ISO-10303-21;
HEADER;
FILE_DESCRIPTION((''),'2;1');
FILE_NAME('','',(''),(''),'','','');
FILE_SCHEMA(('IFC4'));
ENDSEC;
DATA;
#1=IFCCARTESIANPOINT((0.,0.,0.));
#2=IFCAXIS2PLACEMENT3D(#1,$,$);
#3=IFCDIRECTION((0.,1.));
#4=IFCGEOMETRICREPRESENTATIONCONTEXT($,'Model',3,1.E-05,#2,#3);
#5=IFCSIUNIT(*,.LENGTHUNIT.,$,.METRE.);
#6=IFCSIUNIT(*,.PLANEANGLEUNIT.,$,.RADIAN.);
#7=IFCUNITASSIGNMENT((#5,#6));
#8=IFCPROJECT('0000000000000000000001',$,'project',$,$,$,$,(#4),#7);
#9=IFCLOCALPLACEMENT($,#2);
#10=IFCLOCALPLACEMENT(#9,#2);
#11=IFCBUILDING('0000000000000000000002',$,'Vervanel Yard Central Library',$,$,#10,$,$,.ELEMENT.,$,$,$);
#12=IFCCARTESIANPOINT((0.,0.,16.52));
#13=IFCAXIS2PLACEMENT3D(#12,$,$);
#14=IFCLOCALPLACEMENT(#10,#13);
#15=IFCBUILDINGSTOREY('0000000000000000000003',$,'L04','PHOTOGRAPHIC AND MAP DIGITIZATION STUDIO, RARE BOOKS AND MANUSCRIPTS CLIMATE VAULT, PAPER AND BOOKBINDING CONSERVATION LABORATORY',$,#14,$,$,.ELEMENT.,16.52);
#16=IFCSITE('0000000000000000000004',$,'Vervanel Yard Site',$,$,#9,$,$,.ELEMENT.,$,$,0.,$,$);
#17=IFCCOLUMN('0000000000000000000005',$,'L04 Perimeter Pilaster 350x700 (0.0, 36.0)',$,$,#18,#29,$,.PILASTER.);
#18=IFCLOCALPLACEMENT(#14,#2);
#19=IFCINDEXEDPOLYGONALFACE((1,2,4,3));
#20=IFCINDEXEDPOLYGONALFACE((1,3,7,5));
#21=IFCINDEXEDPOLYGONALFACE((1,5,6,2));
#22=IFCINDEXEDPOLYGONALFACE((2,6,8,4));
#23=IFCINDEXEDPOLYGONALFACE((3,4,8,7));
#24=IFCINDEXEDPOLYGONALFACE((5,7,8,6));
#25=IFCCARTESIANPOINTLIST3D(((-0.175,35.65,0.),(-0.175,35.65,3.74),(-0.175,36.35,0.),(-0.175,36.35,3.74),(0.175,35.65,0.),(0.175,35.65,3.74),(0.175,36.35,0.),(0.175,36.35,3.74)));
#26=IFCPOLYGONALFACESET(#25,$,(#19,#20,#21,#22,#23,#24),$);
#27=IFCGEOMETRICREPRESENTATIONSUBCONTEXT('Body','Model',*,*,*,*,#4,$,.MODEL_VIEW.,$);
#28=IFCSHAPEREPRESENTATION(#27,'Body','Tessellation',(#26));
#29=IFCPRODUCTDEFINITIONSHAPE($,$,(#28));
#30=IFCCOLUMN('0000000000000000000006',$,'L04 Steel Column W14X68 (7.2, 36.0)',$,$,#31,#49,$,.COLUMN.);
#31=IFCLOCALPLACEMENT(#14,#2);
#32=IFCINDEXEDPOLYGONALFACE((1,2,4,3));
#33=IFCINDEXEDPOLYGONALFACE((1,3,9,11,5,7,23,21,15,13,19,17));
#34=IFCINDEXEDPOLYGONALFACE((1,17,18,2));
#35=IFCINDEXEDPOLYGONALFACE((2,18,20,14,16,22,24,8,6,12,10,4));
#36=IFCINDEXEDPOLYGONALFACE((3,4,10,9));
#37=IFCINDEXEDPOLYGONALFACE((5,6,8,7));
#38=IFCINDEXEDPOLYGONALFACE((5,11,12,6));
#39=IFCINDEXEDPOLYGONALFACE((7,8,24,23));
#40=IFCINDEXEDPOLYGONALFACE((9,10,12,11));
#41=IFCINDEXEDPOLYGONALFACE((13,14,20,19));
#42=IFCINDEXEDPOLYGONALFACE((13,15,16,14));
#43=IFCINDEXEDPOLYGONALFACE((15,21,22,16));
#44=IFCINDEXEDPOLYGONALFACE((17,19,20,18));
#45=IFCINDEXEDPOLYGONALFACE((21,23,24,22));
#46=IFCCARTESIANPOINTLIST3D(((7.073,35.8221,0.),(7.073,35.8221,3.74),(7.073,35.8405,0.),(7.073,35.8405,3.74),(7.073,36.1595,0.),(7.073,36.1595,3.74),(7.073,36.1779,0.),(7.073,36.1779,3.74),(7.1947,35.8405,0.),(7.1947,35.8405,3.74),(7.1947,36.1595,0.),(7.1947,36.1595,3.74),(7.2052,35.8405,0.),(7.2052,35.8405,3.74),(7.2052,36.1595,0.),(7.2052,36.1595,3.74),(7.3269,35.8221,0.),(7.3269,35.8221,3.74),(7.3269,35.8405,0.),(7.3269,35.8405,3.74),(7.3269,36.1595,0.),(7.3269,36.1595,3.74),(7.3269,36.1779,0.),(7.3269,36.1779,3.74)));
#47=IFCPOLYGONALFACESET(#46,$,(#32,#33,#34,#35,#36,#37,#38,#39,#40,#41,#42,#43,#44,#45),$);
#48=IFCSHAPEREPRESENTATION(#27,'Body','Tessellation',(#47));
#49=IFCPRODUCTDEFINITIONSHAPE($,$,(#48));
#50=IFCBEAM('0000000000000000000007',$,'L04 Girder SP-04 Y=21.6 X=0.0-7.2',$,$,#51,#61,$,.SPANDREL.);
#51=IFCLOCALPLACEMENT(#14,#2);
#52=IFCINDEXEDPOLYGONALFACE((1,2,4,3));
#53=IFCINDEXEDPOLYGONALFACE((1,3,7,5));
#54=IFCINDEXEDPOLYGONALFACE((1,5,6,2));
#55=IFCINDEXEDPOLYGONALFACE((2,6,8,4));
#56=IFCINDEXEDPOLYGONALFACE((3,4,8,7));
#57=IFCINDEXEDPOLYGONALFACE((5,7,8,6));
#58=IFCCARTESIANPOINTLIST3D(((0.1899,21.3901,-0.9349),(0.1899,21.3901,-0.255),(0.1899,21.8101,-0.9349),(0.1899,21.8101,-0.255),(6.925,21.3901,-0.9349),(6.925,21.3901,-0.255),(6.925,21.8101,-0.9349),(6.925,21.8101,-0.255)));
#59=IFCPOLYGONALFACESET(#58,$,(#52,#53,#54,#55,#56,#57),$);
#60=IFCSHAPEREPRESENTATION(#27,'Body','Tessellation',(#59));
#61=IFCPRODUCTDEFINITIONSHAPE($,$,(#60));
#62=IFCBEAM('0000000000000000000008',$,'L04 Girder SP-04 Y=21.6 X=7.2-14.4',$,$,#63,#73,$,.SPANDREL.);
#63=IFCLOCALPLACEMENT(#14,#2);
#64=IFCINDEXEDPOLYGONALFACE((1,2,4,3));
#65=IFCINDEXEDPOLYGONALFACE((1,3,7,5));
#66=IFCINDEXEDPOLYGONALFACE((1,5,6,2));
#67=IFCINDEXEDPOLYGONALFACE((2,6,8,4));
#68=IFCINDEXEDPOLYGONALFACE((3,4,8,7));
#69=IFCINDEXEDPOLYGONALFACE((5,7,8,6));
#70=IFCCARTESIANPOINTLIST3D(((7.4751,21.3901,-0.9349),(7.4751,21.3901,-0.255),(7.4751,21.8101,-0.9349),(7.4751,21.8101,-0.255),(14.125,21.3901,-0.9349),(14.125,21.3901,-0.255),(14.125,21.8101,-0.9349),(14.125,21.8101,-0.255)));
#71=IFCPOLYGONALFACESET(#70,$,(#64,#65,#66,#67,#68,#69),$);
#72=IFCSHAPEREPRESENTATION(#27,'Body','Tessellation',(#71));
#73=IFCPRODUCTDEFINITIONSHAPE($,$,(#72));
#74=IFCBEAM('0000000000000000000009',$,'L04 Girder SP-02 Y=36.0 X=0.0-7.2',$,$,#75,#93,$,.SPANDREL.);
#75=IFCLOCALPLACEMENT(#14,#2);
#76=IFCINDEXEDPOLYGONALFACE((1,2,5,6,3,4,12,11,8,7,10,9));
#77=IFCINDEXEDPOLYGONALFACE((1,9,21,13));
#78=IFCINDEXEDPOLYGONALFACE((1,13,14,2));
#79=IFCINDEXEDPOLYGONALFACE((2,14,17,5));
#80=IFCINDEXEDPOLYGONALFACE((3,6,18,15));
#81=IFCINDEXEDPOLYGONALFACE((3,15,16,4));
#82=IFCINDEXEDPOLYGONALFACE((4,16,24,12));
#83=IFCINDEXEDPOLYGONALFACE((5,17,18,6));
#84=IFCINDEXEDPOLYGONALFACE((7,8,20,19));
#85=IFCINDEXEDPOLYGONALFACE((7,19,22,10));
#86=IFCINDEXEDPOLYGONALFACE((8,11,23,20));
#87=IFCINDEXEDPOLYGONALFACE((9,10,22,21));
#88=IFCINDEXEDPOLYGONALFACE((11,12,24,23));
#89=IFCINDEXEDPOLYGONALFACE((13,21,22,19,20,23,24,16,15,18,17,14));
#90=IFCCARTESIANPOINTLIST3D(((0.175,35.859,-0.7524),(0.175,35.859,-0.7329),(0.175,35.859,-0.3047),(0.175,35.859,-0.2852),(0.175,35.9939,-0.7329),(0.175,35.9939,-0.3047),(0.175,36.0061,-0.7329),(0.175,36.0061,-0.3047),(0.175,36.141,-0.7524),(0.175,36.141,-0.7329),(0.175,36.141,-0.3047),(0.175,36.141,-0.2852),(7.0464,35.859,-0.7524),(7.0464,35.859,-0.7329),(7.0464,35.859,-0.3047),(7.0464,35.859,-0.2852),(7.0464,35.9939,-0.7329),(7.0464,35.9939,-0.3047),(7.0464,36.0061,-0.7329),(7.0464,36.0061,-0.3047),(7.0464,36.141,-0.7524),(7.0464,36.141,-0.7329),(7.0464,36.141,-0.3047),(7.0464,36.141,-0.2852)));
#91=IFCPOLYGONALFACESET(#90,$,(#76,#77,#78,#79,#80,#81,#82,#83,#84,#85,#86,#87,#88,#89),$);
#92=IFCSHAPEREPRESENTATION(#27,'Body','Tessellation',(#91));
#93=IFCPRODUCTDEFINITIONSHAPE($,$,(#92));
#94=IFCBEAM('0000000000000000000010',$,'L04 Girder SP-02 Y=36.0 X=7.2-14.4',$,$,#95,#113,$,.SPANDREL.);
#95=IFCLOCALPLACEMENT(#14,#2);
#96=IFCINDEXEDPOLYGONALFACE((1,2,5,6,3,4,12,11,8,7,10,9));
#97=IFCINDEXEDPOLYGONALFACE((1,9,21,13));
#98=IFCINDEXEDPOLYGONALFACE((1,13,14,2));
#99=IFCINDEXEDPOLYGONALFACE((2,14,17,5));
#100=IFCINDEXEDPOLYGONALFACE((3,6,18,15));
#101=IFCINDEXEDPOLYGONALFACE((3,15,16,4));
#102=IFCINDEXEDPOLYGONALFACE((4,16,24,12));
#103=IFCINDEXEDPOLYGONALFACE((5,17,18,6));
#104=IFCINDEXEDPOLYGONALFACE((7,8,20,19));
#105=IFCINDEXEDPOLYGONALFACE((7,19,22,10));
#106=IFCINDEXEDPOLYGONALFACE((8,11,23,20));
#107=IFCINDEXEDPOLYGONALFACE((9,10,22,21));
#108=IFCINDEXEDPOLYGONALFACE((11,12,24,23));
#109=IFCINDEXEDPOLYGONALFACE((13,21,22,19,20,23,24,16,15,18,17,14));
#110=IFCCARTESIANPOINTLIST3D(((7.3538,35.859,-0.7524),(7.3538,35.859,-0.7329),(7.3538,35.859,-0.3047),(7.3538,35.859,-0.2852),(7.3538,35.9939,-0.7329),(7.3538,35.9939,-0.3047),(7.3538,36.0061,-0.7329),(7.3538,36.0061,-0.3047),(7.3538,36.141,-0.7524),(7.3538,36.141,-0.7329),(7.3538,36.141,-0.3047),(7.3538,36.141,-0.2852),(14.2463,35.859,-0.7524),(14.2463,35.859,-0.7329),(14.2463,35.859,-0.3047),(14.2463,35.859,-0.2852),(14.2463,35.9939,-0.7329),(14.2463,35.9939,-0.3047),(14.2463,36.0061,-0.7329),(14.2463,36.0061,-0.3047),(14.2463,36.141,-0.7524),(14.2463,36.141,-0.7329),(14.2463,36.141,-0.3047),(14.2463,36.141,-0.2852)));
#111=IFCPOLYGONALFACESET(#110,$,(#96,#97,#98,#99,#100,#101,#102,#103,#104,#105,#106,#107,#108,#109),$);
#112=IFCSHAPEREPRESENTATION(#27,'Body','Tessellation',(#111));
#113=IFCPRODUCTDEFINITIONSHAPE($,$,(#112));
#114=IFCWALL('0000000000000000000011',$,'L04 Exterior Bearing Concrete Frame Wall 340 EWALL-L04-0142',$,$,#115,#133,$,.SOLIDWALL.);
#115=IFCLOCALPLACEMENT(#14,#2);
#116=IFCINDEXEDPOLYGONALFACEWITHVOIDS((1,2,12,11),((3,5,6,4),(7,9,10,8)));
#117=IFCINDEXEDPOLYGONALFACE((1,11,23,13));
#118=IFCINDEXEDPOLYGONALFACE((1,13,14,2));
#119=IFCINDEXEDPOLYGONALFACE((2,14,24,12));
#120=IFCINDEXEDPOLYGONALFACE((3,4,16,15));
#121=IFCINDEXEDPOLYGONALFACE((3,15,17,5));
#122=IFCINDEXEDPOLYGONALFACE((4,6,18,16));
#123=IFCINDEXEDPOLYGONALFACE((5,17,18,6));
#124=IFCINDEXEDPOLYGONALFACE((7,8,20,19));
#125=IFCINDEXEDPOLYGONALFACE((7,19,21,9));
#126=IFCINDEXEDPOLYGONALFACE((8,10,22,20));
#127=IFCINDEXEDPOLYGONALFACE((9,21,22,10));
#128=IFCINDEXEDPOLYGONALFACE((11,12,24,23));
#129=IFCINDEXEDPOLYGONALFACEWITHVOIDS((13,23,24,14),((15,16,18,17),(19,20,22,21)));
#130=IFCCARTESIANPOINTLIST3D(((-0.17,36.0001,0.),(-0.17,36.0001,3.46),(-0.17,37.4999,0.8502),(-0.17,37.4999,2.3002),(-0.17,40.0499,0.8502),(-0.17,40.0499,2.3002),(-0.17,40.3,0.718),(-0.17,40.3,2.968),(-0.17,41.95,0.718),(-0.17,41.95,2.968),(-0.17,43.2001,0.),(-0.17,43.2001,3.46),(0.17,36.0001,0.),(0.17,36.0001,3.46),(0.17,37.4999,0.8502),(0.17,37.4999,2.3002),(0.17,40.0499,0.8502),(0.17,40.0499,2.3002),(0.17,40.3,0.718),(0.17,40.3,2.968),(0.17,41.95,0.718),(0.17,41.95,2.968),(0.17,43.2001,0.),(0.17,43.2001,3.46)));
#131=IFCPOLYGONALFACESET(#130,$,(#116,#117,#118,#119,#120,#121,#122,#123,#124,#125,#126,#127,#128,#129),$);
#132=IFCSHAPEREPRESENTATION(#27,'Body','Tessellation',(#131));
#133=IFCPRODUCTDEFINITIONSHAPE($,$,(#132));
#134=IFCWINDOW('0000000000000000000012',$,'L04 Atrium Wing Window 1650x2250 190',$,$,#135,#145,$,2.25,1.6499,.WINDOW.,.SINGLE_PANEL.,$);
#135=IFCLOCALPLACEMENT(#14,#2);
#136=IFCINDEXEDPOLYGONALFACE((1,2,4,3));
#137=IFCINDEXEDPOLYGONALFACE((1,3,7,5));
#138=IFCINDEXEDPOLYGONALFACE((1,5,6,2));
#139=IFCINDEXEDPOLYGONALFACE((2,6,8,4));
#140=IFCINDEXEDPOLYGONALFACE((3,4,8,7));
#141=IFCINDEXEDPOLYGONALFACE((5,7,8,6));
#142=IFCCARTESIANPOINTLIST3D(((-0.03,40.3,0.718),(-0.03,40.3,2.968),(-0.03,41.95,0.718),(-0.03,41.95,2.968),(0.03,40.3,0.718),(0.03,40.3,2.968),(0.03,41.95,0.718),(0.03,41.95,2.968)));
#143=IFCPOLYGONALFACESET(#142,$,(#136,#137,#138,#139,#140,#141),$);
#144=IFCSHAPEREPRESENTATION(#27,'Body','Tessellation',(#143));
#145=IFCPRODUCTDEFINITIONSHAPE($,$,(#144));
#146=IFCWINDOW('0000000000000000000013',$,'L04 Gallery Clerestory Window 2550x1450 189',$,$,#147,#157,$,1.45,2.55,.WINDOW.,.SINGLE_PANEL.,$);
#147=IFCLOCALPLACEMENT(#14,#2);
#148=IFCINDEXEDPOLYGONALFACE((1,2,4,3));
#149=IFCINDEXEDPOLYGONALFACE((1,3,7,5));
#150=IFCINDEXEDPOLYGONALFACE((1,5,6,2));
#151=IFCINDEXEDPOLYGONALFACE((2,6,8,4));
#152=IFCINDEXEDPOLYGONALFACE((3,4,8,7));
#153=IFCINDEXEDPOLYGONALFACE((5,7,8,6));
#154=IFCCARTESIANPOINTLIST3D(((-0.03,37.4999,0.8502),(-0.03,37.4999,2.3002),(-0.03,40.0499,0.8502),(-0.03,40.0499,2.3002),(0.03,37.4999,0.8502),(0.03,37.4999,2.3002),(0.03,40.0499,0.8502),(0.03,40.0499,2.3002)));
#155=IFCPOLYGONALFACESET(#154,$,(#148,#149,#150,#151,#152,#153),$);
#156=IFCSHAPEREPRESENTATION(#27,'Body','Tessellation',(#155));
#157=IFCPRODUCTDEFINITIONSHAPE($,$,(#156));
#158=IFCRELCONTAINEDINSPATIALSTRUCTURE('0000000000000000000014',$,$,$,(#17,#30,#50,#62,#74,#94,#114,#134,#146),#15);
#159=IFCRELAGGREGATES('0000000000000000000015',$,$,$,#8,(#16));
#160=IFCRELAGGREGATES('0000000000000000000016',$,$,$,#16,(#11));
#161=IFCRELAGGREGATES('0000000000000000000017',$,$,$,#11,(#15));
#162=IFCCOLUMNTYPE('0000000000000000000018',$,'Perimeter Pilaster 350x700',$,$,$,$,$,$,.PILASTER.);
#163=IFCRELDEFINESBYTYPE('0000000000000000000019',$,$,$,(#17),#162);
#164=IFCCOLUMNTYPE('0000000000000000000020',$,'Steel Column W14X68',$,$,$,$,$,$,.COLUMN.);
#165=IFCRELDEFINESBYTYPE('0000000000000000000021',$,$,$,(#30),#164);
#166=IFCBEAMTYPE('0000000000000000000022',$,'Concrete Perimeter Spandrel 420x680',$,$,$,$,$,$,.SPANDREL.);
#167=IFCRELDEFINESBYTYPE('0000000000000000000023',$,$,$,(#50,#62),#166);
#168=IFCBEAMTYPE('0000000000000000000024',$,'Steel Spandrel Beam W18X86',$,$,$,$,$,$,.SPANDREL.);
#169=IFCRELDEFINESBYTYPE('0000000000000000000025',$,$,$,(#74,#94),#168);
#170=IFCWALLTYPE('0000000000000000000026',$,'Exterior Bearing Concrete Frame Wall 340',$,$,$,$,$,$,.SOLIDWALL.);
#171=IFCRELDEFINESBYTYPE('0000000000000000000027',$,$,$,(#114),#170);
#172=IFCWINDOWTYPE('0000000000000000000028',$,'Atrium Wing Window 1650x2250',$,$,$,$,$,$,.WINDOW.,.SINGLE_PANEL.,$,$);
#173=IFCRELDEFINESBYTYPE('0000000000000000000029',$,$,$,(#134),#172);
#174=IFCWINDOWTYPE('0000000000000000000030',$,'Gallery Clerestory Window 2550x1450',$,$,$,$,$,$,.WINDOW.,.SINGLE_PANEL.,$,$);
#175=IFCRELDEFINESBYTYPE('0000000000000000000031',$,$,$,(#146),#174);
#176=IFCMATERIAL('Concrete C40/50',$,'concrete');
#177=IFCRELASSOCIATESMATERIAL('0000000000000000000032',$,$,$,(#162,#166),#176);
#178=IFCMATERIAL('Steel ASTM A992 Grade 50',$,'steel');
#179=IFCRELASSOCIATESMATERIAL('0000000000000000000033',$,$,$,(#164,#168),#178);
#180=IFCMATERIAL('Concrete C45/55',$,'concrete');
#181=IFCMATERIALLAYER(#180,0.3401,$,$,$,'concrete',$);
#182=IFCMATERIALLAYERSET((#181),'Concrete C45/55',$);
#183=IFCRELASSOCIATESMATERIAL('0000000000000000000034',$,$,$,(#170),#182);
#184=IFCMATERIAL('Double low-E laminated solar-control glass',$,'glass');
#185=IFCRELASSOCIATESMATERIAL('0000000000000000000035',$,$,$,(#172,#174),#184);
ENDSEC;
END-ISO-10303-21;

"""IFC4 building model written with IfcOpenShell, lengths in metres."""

from ifc_helpers import new_model, si_unit, direction, frame, frame_2d, origin, origin_2d, place, context, subcontext, project, spatial, rectangle, i_section, extrude, material, layer, layer_set, material_profile, profile_set, type_object, element, fill, save


model = new_model("IFC4")

# Units and contexts
model_context = context("Model", 3, precision=1e-05, world=origin(), true_north=direction((0.0, 1.0)))
body_context = subcontext(model_context, "Body", "Model", "MODEL_VIEW")
ifc_project = project(units=[si_unit("LENGTHUNIT", "METRE"), si_unit("PLANEANGLEUNIT", "RADIAN")], contexts=[model_context])

# Site, building, storey
site_placement = place(None, origin())
site = spatial("IfcSite", under=ifc_project, at=site_placement, Name="Vervanel Yard Site", CompositionType="ELEMENT", RefElevation=0.0)
building_placement = place(site_placement, origin())
building = spatial("IfcBuilding", under=site, at=building_placement, Name="Vervanel Yard Central Library", CompositionType="ELEMENT")
storey_placement = place(building_placement, frame((0.0, 0.0, 16.52)))
storey = spatial("IfcBuildingStorey", under=building, at=storey_placement, Name="L04", Description="PHOTOGRAPHIC AND MAP DIGITIZATION STUDIO, RARE BOOKS AND MANUSCRIPTS CLIMATE VAULT, PAPER AND BOOKBINDING CONSERVATION LABORATORY", CompositionType="ELEMENT", Elevation=16.52)

# Columns
ifc_material_1 = material(Name="Concrete C40/50", Category="concrete")
ifc_material_profile_1 = material_profile(ifc_material_1, rectangle(XDim=0.3501, YDim=0.7, at=origin_2d()), Name="RC 350x700", Category="concrete")
ifc_profile_set_1 = profile_set([ifc_material_profile_1], Name="Concrete C40/50")
column_type_1 = type_object("IfcColumnType", Name="Perimeter Pilaster 350x700", PredefinedType="PILASTER", material=ifc_profile_set_1)
column_1_placement = place(storey_placement, frame((0.0, 36.0, 0.0), z_axis=(0.0, 0.0, 1.0), x_axis=(1.0, 0.0, 0.0)))
element("IfcColumn", 1, at=column_1_placement, inside=storey, type_object=column_type_1, Name="L04 Perimeter Pilaster 350x700 (0.0, 36.0)", PredefinedType="PILASTER", context=body_context, shape_type="SweptSolid", body=[
    extrude(rectangle(XDim=0.3501, YDim=0.7, at=origin_2d()), origin(), (0.0, 0.0, 1.0), 3.74),
])
ifc_material_2 = material(Name="Steel ASTM A992 Grade 50", Category="steel")
ifc_material_profile_2 = material_profile(ifc_material_2, i_section(OverallWidth=0.2539, OverallDepth=0.3557, WebThickness=0.0105, FlangeThickness=0.0183, at=origin_2d()), Name="W14X68", Category="steel")
ifc_profile_set_2 = profile_set([ifc_material_profile_2], Name="Steel ASTM A992 Grade 50")
column_type_2 = type_object("IfcColumnType", Name="Steel Column W14X68", PredefinedType="COLUMN", material=ifc_profile_set_2)
column_2_placement = place(storey_placement, frame((7.2, 36.0, 0.0), z_axis=(0.0, 0.0, 1.0), x_axis=(1.0, 0.0, 0.0)))
element("IfcColumn", 2, at=column_2_placement, inside=storey, type_object=column_type_2, Name="L04 Steel Column W14X68 (7.2, 36.0)", PredefinedType="COLUMN", context=body_context, shape_type="SweptSolid", body=[
    extrude(i_section(OverallWidth=0.2539, OverallDepth=0.3557, WebThickness=0.0105, FlangeThickness=0.0183, at=origin_2d()), origin(), (0.0, 0.0, 1.0), 3.74),
])

# Beams
ifc_material_profile_3 = material_profile(ifc_material_1, rectangle(XDim=0.4199, YDim=0.6799, at=origin_2d()), Name="RC 420x680", Category="concrete")
ifc_profile_set_3 = profile_set([ifc_material_profile_3], Name="Concrete C40/50")
beam_type_1 = type_object("IfcBeamType", Name="Concrete Perimeter Spandrel 420x680", PredefinedType="SPANDREL", material=ifc_profile_set_3)
beam_1_placement = place(storey_placement, frame((0.1899, 21.6001, -0.595), z_axis=(1.0, 0.0, 0.0), x_axis=(0.0, 1.0, 0.0)))
element("IfcBeam", 3, at=beam_1_placement, inside=storey, type_object=beam_type_1, Name="L04 Girder SP-04 Y=21.6 X=0.0-7.2", PredefinedType="SPANDREL", context=body_context, shape_type="SweptSolid", body=[
    extrude(rectangle(XDim=0.4199, YDim=0.6799, at=origin_2d()), origin(), (0.0, 0.0, 1.0), 6.7351),
])
beam_2_placement = place(storey_placement, frame((7.4751, 21.6001, -0.595), z_axis=(1.0, 0.0, 0.0), x_axis=(0.0, 1.0, 0.0)))
element("IfcBeam", 4, at=beam_2_placement, inside=storey, type_object=beam_type_1, Name="L04 Girder SP-04 Y=21.6 X=7.2-14.4", PredefinedType="SPANDREL", context=body_context, shape_type="SweptSolid", body=[
    extrude(rectangle(XDim=0.4199, YDim=0.6799, at=origin_2d()), origin(), (0.0, 0.0, 1.0), 6.6499),
])
ifc_material_profile_4 = material_profile(ifc_material_2, i_section(OverallWidth=0.282, OverallDepth=0.4673, WebThickness=0.0122, FlangeThickness=0.0195, at=origin_2d()), Name="W18X86", Category="steel")
ifc_profile_set_4 = profile_set([ifc_material_profile_4], Name="Steel ASTM A992 Grade 50")
beam_type_2 = type_object("IfcBeamType", Name="Steel Spandrel Beam W18X86", PredefinedType="SPANDREL", material=ifc_profile_set_4)
beam_3_placement = place(storey_placement, frame((0.175, 36.0, -0.5188), z_axis=(1.0, 0.0, 0.0), x_axis=(0.0, 1.0, 0.0)))
element("IfcBeam", 5, at=beam_3_placement, inside=storey, type_object=beam_type_2, Name="L04 Girder SP-02 Y=36.0 X=0.0-7.2", PredefinedType="SPANDREL", context=body_context, shape_type="SweptSolid", body=[
    extrude(i_section(OverallWidth=0.282, OverallDepth=0.4673, WebThickness=0.0122, FlangeThickness=0.0195, at=origin_2d()), origin(), (0.0, 0.0, 1.0), 6.8713),
])
beam_4_placement = place(storey_placement, frame((7.3538, 36.0, -0.5188), z_axis=(1.0, 0.0, 0.0), x_axis=(0.0, 1.0, 0.0)))
element("IfcBeam", 6, at=beam_4_placement, inside=storey, type_object=beam_type_2, Name="L04 Girder SP-02 Y=36.0 X=7.2-14.4", PredefinedType="SPANDREL", context=body_context, shape_type="SweptSolid", body=[
    extrude(i_section(OverallWidth=0.282, OverallDepth=0.4673, WebThickness=0.0122, FlangeThickness=0.0195, at=origin_2d()), origin(), (0.0, 0.0, 1.0), 6.8926),
])

# Wall, openings, windows
ifc_material_3 = material(Name="Concrete C45/55", Category="concrete")
ifc_layer_1 = layer(ifc_material_3, 0.3401, Category="concrete")
ifc_layer_set_1 = layer_set([ifc_layer_1], Name="Concrete C45/55")
wall_type_1 = type_object("IfcWallType", Name="Exterior Bearing Concrete Frame Wall 340", PredefinedType="SOLIDWALL", material=ifc_layer_set_1)
wall_1_placement = place(storey_placement, frame((0.0, 36.0, 0.0), z_axis=(0.0, 0.0, 1.0), x_axis=(0.0, 1.0, 0.0)))
wall_1 = element("IfcWall", 7, at=wall_1_placement, inside=storey, type_object=wall_type_1, Name="L04 Exterior Bearing Concrete Frame Wall 340 EWALL-L04-0142", PredefinedType="SOLIDWALL", context=body_context, shape_type="SweptSolid", body=[
    extrude(rectangle(XDim=7.2, YDim=0.3401, at=frame_2d((3.6001, 0.0))), origin(), (0.0, 0.0, 1.0), 3.46),
])
opening_1_placement = place(wall_1_placement, frame((1.5, 0.0, 0.8501)))
opening_1 = element("IfcOpeningElement", 8, at=opening_1_placement, cuts=wall_1, PredefinedType="OPENING", context=body_context, shape_type="SweptSolid", body=[
    extrude(rectangle(XDim=2.55, YDim=1.45, at=frame_2d((1.2749, 0.7251))), frame((0.0, 0.1799, 0.0), z_axis=(0.0, -1.0, 0.0), x_axis=(1.0, 0.0, 0.0)), (0.0, 0.0, 1.0), 0.3601),
])
opening_2_placement = place(wall_1_placement, frame((4.3, 0.0, 0.718)))
opening_2 = element("IfcOpeningElement", 9, at=opening_2_placement, cuts=wall_1, PredefinedType="OPENING", context=body_context, shape_type="SweptSolid", body=[
    extrude(rectangle(XDim=1.6499, YDim=2.25, at=frame_2d((0.825, 1.125))), frame((0.0, 0.1799, 0.0), z_axis=(0.0, -1.0, 0.0), x_axis=(1.0, 0.0, 0.0)), (0.0, 0.0, 1.0), 0.3601),
])
ifc_material_4 = material(Name="Double low-E laminated solar-control glass", Category="glass")
window_type_1 = type_object("IfcWindowType", Name="Atrium Wing Window 1650x2250", PartitioningType="SINGLE_PANEL", PredefinedType="WINDOW", material=ifc_material_4)
window_1_placement = place(opening_2_placement, origin())
window_1 = element("IfcWindow", 10, at=window_1_placement, inside=storey, type_object=window_type_1, Name="L04 Atrium Wing Window 1650x2250 190", OverallHeight=2.25, OverallWidth=1.6499, PartitioningType="SINGLE_PANEL", PredefinedType="WINDOW", context=body_context, shape_type="SweptSolid", body=[
    extrude(rectangle(XDim=1.6499, YDim=2.25, at=frame_2d((0.825, 1.125))), frame((0.0, 0.03, 0.0), z_axis=(0.0, -1.0, 0.0), x_axis=(1.0, 0.0, 0.0)), (0.0, 0.0, 1.0), 0.0601),
])
fill(opening_2, window_1)
window_type_2 = type_object("IfcWindowType", Name="Gallery Clerestory Window 2550x1450", PartitioningType="SINGLE_PANEL", PredefinedType="WINDOW", material=ifc_material_4)
window_2_placement = place(opening_1_placement, origin())
window_2 = element("IfcWindow", 11, at=window_2_placement, inside=storey, type_object=window_type_2, Name="L04 Gallery Clerestory Window 2550x1450 189", OverallHeight=1.45, OverallWidth=2.55, PartitioningType="SINGLE_PANEL", PredefinedType="WINDOW", context=body_context, shape_type="SweptSolid", body=[
    extrude(rectangle(XDim=2.55, YDim=1.45, at=frame_2d((1.2749, 0.7251))), frame((0.0, 0.03, 0.0), z_axis=(0.0, -1.0, 0.0), x_axis=(1.0, 0.0, 0.0)), (0.0, 0.0, 1.0), 0.0601),
])
fill(opening_1, window_2)

save(model, "model.ifc")
